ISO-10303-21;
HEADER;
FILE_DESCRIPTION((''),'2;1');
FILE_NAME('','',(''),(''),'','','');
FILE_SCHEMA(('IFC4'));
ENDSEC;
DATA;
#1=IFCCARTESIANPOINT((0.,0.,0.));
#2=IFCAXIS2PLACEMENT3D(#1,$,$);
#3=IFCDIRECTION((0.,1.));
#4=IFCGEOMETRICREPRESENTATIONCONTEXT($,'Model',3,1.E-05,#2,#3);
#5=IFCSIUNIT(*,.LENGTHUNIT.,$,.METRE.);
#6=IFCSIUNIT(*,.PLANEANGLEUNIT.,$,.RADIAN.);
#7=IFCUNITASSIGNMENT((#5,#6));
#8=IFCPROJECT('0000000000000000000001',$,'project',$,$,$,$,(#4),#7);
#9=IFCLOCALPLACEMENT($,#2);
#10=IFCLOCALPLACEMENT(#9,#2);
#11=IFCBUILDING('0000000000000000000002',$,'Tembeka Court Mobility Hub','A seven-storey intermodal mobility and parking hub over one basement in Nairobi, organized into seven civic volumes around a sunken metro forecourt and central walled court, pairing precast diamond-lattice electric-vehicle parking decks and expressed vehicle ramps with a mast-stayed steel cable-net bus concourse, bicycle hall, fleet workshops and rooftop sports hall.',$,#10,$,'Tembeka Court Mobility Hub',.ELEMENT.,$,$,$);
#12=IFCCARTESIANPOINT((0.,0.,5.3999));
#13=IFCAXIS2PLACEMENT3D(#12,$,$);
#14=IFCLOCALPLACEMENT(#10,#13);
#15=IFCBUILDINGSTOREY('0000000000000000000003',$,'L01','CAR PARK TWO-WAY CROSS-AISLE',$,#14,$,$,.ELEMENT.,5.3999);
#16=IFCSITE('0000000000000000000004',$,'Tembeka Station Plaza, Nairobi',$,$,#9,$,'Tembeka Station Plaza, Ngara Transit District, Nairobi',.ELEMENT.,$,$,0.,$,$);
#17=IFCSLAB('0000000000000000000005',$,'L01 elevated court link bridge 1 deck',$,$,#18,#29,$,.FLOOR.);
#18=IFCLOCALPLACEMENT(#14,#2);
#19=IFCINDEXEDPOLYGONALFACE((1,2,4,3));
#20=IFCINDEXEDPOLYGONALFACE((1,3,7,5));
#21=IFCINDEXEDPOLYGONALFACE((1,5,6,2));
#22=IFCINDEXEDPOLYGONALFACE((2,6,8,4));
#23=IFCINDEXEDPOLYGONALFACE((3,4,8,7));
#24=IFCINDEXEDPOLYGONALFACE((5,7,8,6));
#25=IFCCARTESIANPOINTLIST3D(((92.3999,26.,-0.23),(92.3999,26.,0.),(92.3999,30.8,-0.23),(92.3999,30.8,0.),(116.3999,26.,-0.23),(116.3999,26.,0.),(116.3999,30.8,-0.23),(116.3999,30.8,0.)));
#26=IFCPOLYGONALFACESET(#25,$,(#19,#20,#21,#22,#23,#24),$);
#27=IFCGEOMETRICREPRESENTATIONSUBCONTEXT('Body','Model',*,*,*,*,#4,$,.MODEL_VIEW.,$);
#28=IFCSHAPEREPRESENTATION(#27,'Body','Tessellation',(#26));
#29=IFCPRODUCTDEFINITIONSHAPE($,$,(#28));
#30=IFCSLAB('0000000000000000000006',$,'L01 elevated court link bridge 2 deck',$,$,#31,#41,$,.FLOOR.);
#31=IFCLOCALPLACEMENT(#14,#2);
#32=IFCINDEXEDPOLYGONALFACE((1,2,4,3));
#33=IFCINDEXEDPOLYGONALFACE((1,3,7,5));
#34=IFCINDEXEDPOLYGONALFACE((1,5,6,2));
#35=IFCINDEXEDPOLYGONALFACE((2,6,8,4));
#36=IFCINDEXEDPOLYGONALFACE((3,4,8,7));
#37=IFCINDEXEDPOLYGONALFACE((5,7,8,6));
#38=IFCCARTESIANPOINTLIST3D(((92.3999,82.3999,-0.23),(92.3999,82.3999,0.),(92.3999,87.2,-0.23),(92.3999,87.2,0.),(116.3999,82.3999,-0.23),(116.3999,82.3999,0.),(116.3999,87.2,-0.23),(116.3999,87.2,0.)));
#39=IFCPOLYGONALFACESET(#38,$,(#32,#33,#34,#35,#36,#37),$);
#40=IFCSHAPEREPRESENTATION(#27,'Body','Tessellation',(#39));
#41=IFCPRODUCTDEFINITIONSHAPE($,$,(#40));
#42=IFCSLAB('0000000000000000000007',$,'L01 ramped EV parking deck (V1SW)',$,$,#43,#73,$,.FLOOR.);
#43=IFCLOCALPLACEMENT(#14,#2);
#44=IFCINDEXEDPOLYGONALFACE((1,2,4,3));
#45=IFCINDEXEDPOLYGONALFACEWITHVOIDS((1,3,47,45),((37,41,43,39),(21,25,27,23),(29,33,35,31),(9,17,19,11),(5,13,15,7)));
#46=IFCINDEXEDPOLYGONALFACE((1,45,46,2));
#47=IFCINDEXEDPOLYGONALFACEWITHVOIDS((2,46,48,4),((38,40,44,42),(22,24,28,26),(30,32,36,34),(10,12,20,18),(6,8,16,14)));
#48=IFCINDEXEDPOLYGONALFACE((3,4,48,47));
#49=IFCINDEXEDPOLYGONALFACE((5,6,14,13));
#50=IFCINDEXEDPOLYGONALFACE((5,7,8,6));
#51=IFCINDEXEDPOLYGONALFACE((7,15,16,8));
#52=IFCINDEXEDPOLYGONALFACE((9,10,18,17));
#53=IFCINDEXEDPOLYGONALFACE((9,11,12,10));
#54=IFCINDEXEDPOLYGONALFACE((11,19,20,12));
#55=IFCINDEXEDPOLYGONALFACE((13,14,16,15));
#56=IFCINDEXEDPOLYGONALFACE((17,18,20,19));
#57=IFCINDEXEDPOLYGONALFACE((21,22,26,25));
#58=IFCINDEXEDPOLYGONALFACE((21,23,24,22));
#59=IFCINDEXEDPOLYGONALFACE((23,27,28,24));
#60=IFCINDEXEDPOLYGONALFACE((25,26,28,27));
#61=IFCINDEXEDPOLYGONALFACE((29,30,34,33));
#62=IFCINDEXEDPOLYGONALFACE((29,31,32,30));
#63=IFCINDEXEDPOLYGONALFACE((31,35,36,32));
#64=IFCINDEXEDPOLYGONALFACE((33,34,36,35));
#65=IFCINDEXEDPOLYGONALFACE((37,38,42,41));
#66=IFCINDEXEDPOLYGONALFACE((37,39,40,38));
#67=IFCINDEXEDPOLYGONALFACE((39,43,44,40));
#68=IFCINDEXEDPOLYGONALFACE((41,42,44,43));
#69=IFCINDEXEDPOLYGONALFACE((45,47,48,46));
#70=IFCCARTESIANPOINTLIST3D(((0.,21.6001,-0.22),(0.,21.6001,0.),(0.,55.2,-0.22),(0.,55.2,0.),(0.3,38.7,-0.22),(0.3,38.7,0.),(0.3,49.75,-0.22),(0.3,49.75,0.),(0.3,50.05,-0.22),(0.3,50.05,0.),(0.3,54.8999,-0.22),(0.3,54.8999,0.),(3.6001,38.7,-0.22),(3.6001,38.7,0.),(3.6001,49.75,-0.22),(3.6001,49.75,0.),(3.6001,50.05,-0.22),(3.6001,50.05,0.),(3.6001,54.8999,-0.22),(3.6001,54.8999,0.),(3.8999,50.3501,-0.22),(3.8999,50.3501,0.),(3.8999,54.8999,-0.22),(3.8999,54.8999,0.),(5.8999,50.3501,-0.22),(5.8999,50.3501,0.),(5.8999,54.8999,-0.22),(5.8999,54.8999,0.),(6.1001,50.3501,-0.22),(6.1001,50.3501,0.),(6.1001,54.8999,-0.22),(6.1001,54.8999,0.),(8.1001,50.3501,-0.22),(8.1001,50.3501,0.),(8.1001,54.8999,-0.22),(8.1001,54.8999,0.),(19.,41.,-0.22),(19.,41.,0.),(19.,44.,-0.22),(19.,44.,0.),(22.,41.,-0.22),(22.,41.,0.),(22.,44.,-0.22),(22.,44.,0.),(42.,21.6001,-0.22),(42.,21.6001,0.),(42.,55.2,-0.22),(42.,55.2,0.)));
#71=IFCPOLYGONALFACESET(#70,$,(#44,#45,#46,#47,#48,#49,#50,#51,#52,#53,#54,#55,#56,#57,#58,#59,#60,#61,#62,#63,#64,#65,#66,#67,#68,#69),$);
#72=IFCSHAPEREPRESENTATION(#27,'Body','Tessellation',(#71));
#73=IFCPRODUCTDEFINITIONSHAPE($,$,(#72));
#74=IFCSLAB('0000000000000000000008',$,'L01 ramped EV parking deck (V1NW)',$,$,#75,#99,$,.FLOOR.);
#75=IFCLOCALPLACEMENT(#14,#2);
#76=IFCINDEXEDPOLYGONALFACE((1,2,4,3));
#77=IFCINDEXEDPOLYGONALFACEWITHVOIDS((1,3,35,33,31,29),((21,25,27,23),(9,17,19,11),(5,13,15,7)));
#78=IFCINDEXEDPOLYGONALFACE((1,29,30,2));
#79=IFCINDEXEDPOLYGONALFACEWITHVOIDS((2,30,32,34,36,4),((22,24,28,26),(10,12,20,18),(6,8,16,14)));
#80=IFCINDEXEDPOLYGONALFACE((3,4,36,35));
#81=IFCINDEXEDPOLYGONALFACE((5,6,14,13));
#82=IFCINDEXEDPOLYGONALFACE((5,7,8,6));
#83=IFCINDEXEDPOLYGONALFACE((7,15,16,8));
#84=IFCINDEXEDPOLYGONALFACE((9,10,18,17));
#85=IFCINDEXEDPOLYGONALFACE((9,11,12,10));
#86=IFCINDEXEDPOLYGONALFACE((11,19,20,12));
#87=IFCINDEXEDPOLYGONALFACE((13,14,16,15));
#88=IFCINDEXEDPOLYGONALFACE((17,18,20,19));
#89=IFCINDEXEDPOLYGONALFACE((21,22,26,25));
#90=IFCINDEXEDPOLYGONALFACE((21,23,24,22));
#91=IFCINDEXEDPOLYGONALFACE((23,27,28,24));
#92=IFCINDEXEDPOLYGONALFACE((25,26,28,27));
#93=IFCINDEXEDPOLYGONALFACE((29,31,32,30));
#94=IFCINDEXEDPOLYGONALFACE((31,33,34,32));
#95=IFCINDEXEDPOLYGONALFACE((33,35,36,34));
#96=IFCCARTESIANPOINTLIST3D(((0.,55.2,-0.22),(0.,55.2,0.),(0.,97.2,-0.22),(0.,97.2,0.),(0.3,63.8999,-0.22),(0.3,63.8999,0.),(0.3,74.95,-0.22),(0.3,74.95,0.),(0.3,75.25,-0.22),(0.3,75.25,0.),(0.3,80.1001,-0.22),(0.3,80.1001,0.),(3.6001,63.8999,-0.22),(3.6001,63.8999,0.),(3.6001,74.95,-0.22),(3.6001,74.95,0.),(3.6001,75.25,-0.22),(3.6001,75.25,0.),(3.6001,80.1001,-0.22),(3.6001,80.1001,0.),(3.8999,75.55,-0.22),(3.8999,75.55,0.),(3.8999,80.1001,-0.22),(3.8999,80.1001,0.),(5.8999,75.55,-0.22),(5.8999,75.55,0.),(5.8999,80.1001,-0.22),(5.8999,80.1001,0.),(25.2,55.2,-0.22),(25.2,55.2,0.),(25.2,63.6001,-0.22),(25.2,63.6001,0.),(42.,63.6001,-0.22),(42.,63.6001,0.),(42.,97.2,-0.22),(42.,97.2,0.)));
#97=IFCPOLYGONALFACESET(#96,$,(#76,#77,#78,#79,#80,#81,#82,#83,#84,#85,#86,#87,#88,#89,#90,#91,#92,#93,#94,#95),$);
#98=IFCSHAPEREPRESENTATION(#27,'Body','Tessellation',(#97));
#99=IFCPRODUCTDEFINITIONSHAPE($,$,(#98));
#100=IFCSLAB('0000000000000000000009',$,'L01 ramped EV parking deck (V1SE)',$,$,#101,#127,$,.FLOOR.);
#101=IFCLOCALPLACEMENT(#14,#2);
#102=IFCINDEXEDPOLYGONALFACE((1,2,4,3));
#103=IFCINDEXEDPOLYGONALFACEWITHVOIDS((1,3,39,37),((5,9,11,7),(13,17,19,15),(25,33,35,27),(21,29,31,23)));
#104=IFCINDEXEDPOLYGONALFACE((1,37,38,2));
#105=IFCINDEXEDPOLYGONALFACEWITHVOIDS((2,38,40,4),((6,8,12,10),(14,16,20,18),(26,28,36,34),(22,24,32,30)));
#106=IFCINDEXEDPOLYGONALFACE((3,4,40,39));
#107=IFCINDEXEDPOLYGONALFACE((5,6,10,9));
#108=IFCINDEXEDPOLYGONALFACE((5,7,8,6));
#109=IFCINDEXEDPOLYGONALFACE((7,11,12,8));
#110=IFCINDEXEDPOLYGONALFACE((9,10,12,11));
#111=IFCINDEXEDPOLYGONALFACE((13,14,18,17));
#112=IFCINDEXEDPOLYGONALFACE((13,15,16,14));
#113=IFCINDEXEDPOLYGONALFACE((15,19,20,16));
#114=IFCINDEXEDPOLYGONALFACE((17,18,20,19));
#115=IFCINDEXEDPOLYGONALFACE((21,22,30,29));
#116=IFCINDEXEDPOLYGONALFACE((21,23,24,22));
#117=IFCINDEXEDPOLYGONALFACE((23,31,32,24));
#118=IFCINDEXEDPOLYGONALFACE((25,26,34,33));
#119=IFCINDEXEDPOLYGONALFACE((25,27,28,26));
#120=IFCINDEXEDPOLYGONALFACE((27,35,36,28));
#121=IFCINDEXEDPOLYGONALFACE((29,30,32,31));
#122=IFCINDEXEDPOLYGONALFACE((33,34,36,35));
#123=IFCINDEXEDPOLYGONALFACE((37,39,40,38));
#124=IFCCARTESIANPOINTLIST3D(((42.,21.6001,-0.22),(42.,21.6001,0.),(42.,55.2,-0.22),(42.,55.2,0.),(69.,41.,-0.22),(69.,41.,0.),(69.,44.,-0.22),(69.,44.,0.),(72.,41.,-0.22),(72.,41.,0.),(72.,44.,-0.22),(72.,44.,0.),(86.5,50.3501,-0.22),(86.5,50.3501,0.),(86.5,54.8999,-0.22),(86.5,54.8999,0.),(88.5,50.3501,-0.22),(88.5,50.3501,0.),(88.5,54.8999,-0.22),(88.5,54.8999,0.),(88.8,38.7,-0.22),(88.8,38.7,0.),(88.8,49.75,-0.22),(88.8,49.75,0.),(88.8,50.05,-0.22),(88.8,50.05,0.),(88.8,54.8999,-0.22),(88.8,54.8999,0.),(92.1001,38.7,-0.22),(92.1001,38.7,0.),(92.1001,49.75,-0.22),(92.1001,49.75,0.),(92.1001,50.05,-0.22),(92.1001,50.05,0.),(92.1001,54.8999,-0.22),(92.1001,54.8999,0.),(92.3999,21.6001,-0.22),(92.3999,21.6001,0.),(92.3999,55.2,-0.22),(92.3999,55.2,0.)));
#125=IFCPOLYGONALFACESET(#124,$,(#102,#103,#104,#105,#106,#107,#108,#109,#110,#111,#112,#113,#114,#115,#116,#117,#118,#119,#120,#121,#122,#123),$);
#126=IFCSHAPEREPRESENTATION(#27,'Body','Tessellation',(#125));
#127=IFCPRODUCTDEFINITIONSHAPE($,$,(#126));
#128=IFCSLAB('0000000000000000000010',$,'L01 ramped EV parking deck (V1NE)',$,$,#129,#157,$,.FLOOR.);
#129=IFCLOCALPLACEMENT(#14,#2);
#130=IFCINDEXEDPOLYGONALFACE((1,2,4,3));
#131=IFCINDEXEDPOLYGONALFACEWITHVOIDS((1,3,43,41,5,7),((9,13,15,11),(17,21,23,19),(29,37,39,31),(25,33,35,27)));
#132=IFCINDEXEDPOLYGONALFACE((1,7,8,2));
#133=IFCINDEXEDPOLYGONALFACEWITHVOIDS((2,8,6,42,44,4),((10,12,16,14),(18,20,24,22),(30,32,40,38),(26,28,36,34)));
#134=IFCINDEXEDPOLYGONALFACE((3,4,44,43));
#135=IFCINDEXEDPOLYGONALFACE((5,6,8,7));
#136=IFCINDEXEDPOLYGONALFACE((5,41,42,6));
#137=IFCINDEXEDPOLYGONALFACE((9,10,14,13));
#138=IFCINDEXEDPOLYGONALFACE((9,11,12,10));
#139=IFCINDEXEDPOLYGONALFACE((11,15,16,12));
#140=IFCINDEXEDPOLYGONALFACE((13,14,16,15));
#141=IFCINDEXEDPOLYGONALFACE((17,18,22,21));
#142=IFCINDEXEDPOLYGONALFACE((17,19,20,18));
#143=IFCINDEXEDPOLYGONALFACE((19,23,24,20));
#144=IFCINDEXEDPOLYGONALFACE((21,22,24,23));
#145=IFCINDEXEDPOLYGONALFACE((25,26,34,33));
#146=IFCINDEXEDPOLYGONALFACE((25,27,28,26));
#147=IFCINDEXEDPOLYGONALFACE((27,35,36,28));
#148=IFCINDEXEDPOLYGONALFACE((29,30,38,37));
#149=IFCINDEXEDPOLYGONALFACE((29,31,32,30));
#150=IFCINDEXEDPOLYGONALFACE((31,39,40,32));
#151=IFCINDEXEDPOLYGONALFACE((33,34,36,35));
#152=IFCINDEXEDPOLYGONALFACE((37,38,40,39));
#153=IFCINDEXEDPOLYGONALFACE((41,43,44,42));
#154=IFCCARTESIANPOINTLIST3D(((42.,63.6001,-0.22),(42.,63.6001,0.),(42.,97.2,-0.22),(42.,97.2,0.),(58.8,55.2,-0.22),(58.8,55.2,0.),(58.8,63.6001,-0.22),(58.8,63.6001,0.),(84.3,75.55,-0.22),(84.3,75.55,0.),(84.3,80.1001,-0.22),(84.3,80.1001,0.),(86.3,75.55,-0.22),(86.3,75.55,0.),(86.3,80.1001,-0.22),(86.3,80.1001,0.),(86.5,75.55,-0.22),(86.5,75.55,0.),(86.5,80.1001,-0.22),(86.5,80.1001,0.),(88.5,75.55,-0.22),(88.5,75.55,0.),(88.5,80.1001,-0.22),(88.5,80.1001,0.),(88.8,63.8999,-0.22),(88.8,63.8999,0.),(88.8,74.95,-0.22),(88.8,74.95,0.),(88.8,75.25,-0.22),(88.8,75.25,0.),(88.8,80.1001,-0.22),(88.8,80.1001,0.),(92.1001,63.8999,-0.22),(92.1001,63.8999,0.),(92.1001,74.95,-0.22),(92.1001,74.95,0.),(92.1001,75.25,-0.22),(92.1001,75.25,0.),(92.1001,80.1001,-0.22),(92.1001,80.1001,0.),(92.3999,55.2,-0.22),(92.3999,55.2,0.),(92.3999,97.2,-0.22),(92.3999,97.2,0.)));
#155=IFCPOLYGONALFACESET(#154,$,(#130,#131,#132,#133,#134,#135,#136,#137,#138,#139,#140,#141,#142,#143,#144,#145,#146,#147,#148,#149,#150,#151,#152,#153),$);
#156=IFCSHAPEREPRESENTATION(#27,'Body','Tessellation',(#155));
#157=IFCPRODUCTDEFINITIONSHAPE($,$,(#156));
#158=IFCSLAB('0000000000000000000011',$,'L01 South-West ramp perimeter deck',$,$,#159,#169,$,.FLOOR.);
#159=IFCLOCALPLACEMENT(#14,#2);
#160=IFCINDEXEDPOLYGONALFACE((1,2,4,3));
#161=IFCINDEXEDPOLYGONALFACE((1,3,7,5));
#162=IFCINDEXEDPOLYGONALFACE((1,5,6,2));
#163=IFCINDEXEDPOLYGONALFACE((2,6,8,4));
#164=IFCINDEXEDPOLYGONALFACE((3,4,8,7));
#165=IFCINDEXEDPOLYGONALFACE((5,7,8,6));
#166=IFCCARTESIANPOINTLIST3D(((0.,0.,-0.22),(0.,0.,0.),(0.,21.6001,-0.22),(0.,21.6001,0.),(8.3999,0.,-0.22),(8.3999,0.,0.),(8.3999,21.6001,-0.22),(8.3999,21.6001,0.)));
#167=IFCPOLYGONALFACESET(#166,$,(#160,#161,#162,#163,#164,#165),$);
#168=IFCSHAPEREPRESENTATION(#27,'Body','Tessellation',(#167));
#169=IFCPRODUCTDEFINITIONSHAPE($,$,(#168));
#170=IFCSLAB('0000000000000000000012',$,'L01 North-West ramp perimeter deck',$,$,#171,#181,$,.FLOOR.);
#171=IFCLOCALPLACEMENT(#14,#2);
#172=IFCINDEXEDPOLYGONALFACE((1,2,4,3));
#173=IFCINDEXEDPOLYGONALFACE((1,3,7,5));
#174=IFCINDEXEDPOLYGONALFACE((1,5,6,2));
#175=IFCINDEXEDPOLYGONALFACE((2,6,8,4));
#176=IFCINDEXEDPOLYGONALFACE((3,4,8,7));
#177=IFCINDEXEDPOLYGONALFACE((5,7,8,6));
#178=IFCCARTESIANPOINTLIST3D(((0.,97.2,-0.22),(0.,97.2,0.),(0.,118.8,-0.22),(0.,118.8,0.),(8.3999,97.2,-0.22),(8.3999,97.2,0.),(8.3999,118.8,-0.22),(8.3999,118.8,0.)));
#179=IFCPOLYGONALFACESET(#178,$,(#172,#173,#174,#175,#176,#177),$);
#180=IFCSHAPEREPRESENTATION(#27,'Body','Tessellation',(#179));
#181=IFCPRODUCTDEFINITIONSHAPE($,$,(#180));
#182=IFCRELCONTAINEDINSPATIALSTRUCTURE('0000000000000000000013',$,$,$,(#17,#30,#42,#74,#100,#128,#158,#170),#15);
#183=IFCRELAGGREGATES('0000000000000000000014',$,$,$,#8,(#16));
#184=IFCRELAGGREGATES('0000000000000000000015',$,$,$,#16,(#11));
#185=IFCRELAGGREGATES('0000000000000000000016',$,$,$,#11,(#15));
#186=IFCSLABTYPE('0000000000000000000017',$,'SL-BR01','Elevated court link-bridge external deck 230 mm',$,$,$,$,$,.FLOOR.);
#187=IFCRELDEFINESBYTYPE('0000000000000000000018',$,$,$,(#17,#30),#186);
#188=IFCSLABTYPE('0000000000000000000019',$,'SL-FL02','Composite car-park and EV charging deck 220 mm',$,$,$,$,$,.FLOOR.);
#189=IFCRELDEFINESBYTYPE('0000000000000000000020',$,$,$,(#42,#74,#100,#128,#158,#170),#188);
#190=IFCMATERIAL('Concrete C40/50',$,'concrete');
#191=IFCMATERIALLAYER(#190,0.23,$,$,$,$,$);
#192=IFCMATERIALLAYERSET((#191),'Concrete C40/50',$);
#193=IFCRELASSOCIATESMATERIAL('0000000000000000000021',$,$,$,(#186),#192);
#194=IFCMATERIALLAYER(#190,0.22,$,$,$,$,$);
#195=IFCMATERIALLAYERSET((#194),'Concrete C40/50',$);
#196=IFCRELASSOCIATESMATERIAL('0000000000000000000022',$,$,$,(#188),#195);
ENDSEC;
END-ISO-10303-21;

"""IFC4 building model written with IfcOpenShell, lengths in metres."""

from ifc_helpers import new_model, si_unit, direction, frame, origin, place, context, subcontext, project, spatial, polyline, outline, extrude, material, layer, layer_set, type_object, element, save


model = new_model("IFC4")

# Units and contexts
model_context = context("Model", 3, precision=1e-05, world=origin(), true_north=direction((0.0, 1.0)))
body_context = subcontext(model_context, "Body", "Model", "MODEL_VIEW")
ifc_project = project(units=[si_unit("LENGTHUNIT", "METRE"), si_unit("PLANEANGLEUNIT", "RADIAN")], contexts=[model_context])

# Site, building, storey
site_placement = place(None, origin())
site = spatial("IfcSite", under=ifc_project, at=site_placement, Name="Tembeka Station Plaza, Nairobi", LongName="Tembeka Station Plaza, Ngara Transit District, Nairobi", CompositionType="ELEMENT", RefElevation=0.0)
building_placement = place(site_placement, origin())
building = spatial("IfcBuilding", under=site, at=building_placement, Name="Tembeka Court Mobility Hub", Description="A seven-storey intermodal mobility and parking hub over one basement in Nairobi, organized into seven civic volumes around a sunken metro forecourt and central walled court, pairing precast diamond-lattice electric-vehicle parking decks and expressed vehicle ramps with a mast-stayed steel cable-net bus concourse, bicycle hall, fleet workshops and rooftop sports hall.", LongName="Tembeka Court Mobility Hub", CompositionType="ELEMENT")
storey_placement = place(building_placement, frame((0.0, 0.0, 5.3999)))
storey = spatial("IfcBuildingStorey", under=building, at=storey_placement, Name="L01", Description="CAR PARK TWO-WAY CROSS-AISLE", CompositionType="ELEMENT", Elevation=5.3999)

# Slabs
ifc_material_1 = material(Name="Concrete C40/50", Category="concrete")
ifc_layer_1 = layer(ifc_material_1, 0.23)
ifc_layer_set_1 = layer_set([ifc_layer_1], Name="Concrete C40/50")
slab_type_1 = type_object("IfcSlabType", Name="SL-BR01", Description="Elevated court link-bridge external deck 230 mm", PredefinedType="FLOOR", material=ifc_layer_set_1)
slab_1_placement = place(storey_placement, frame((0.0, 0.0, -0.23)))
element("IfcSlab", 1, at=slab_1_placement, inside=storey, type_object=slab_type_1, Name="L01 elevated court link bridge 1 deck", PredefinedType="FLOOR", context=body_context, shape_type="SweptSolid", body=[
    extrude(outline(polyline([(92.3999, 26.0), (116.3999, 26.0), (116.3999, 30.8), (92.3999, 30.8), (92.3999, 26.0)])), origin(), (0.0, 0.0, 1.0), 0.23),
])
slab_2_placement = place(storey_placement, frame((0.0, 0.0, -0.23)))
element("IfcSlab", 2, at=slab_2_placement, inside=storey, type_object=slab_type_1, Name="L01 elevated court link bridge 2 deck", PredefinedType="FLOOR", context=body_context, shape_type="SweptSolid", body=[
    extrude(outline(polyline([(92.3999, 82.3999), (116.3999, 82.3999), (116.3999, 87.2), (92.3999, 87.2), (92.3999, 82.3999)])), origin(), (0.0, 0.0, 1.0), 0.23),
])
ifc_layer_2 = layer(ifc_material_1, 0.22)
ifc_layer_set_2 = layer_set([ifc_layer_2], Name="Concrete C40/50")
slab_type_2 = type_object("IfcSlabType", Name="SL-FL02", Description="Composite car-park and EV charging deck 220 mm", PredefinedType="FLOOR", material=ifc_layer_set_2)
slab_3_placement = place(storey_placement, frame((0.0, 0.0, -0.22)))
element("IfcSlab", 3, at=slab_3_placement, inside=storey, type_object=slab_type_2, Name="L01 ramped EV parking deck (V1SW)", PredefinedType="FLOOR", context=body_context, shape_type="SweptSolid", body=[
    extrude(outline(polyline([(0.0, 21.6001), (42.0, 21.6001), (42.0, 55.2), (0.0, 55.2), (0.0, 21.6001)]), holes=[polyline([(0.3, 49.75), (3.6001, 49.75), (3.6001, 38.7), (0.3, 38.7), (0.3, 49.75)]), polyline([(3.8999, 54.8999), (5.8999, 54.8999), (5.8999, 50.3501), (3.8999, 50.3501), (3.8999, 54.8999)]), polyline([(6.1001, 54.8999), (8.1001, 54.8999), (8.1001, 50.3501), (6.1001, 50.3501), (6.1001, 54.8999)]), polyline([(0.3, 54.8999), (3.6001, 54.8999), (3.6001, 50.05), (0.3, 50.05), (0.3, 54.8999)]), polyline([(19.0, 44.0), (22.0, 44.0), (22.0, 41.0), (19.0, 41.0), (19.0, 44.0)])]), origin(), (0.0, 0.0, 1.0), 0.22),
])
slab_4_placement = place(storey_placement, frame((0.0, 0.0, -0.22)))
element("IfcSlab", 4, at=slab_4_placement, inside=storey, type_object=slab_type_2, Name="L01 ramped EV parking deck (V1NW)", PredefinedType="FLOOR", context=body_context, shape_type="SweptSolid", body=[
    extrude(outline(polyline([(0.0, 55.2), (25.2, 55.2), (25.2, 63.6001), (42.0, 63.6001), (42.0, 97.2), (0.0, 97.2), (0.0, 55.2)]), holes=[polyline([(0.3, 74.95), (3.6001, 74.95), (3.6001, 63.8999), (0.3, 63.8999), (0.3, 74.95)]), polyline([(3.8999, 80.1001), (5.8999, 80.1001), (5.8999, 75.55), (3.8999, 75.55), (3.8999, 80.1001)]), polyline([(0.3, 80.1001), (3.6001, 80.1001), (3.6001, 75.25), (0.3, 75.25), (0.3, 80.1001)])]), origin(), (0.0, 0.0, 1.0), 0.22),
])
slab_5_placement = place(storey_placement, frame((0.0, 0.0, -0.22)))
element("IfcSlab", 5, at=slab_5_placement, inside=storey, type_object=slab_type_2, Name="L01 ramped EV parking deck (V1SE)", PredefinedType="FLOOR", context=body_context, shape_type="SweptSolid", body=[
    extrude(outline(polyline([(42.0, 21.6001), (92.3999, 21.6001), (92.3999, 55.2), (42.0, 55.2), (42.0, 21.6001)]), holes=[polyline([(88.8, 49.75), (92.1001, 49.75), (92.1001, 38.7), (88.8, 38.7), (88.8, 49.75)]), polyline([(86.5, 54.8999), (88.5, 54.8999), (88.5, 50.3501), (86.5, 50.3501), (86.5, 54.8999)]), polyline([(88.8, 54.8999), (92.1001, 54.8999), (92.1001, 50.05), (88.8, 50.05), (88.8, 54.8999)]), polyline([(69.0, 44.0), (72.0, 44.0), (72.0, 41.0), (69.0, 41.0), (69.0, 44.0)])]), origin(), (0.0, 0.0, 1.0), 0.22),
])
slab_6_placement = place(storey_placement, frame((0.0, 0.0, -0.22)))
element("IfcSlab", 6, at=slab_6_placement, inside=storey, type_object=slab_type_2, Name="L01 ramped EV parking deck (V1NE)", PredefinedType="FLOOR", context=body_context, shape_type="SweptSolid", body=[
    extrude(outline(polyline([(42.0, 63.6001), (58.8, 63.6001), (58.8, 55.2), (92.3999, 55.2), (92.3999, 97.2), (42.0, 97.2), (42.0, 63.6001)]), holes=[polyline([(88.8, 74.95), (92.1001, 74.95), (92.1001, 63.8999), (88.8, 63.8999), (88.8, 74.95)]), polyline([(84.3, 80.1001), (86.3, 80.1001), (86.3, 75.55), (84.3, 75.55), (84.3, 80.1001)]), polyline([(86.5, 80.1001), (88.5, 80.1001), (88.5, 75.55), (86.5, 75.55), (86.5, 80.1001)]), polyline([(88.8, 80.1001), (92.1001, 80.1001), (92.1001, 75.25), (88.8, 75.25), (88.8, 80.1001)])]), origin(), (0.0, 0.0, 1.0), 0.22),
])
slab_7_placement = place(storey_placement, frame((0.0, 0.0, -0.22)))
element("IfcSlab", 7, at=slab_7_placement, inside=storey, type_object=slab_type_2, Name="L01 South-West ramp perimeter deck", PredefinedType="FLOOR", context=body_context, shape_type="SweptSolid", body=[
    extrude(outline(polyline([(0.0, 0.0), (8.3999, 0.0), (8.3999, 21.6001), (0.0, 21.6001), (0.0, 0.0)])), origin(), (0.0, 0.0, 1.0), 0.22),
])
slab_8_placement = place(storey_placement, frame((0.0, 0.0, -0.22)))
element("IfcSlab", 8, at=slab_8_placement, inside=storey, type_object=slab_type_2, Name="L01 North-West ramp perimeter deck", PredefinedType="FLOOR", context=body_context, shape_type="SweptSolid", body=[
    extrude(outline(polyline([(0.0, 97.2), (8.3999, 97.2), (8.3999, 118.8), (0.0, 118.8), (0.0, 97.2)])), origin(), (0.0, 0.0, 1.0), 0.22),
])

save(model, "model.ifc")
